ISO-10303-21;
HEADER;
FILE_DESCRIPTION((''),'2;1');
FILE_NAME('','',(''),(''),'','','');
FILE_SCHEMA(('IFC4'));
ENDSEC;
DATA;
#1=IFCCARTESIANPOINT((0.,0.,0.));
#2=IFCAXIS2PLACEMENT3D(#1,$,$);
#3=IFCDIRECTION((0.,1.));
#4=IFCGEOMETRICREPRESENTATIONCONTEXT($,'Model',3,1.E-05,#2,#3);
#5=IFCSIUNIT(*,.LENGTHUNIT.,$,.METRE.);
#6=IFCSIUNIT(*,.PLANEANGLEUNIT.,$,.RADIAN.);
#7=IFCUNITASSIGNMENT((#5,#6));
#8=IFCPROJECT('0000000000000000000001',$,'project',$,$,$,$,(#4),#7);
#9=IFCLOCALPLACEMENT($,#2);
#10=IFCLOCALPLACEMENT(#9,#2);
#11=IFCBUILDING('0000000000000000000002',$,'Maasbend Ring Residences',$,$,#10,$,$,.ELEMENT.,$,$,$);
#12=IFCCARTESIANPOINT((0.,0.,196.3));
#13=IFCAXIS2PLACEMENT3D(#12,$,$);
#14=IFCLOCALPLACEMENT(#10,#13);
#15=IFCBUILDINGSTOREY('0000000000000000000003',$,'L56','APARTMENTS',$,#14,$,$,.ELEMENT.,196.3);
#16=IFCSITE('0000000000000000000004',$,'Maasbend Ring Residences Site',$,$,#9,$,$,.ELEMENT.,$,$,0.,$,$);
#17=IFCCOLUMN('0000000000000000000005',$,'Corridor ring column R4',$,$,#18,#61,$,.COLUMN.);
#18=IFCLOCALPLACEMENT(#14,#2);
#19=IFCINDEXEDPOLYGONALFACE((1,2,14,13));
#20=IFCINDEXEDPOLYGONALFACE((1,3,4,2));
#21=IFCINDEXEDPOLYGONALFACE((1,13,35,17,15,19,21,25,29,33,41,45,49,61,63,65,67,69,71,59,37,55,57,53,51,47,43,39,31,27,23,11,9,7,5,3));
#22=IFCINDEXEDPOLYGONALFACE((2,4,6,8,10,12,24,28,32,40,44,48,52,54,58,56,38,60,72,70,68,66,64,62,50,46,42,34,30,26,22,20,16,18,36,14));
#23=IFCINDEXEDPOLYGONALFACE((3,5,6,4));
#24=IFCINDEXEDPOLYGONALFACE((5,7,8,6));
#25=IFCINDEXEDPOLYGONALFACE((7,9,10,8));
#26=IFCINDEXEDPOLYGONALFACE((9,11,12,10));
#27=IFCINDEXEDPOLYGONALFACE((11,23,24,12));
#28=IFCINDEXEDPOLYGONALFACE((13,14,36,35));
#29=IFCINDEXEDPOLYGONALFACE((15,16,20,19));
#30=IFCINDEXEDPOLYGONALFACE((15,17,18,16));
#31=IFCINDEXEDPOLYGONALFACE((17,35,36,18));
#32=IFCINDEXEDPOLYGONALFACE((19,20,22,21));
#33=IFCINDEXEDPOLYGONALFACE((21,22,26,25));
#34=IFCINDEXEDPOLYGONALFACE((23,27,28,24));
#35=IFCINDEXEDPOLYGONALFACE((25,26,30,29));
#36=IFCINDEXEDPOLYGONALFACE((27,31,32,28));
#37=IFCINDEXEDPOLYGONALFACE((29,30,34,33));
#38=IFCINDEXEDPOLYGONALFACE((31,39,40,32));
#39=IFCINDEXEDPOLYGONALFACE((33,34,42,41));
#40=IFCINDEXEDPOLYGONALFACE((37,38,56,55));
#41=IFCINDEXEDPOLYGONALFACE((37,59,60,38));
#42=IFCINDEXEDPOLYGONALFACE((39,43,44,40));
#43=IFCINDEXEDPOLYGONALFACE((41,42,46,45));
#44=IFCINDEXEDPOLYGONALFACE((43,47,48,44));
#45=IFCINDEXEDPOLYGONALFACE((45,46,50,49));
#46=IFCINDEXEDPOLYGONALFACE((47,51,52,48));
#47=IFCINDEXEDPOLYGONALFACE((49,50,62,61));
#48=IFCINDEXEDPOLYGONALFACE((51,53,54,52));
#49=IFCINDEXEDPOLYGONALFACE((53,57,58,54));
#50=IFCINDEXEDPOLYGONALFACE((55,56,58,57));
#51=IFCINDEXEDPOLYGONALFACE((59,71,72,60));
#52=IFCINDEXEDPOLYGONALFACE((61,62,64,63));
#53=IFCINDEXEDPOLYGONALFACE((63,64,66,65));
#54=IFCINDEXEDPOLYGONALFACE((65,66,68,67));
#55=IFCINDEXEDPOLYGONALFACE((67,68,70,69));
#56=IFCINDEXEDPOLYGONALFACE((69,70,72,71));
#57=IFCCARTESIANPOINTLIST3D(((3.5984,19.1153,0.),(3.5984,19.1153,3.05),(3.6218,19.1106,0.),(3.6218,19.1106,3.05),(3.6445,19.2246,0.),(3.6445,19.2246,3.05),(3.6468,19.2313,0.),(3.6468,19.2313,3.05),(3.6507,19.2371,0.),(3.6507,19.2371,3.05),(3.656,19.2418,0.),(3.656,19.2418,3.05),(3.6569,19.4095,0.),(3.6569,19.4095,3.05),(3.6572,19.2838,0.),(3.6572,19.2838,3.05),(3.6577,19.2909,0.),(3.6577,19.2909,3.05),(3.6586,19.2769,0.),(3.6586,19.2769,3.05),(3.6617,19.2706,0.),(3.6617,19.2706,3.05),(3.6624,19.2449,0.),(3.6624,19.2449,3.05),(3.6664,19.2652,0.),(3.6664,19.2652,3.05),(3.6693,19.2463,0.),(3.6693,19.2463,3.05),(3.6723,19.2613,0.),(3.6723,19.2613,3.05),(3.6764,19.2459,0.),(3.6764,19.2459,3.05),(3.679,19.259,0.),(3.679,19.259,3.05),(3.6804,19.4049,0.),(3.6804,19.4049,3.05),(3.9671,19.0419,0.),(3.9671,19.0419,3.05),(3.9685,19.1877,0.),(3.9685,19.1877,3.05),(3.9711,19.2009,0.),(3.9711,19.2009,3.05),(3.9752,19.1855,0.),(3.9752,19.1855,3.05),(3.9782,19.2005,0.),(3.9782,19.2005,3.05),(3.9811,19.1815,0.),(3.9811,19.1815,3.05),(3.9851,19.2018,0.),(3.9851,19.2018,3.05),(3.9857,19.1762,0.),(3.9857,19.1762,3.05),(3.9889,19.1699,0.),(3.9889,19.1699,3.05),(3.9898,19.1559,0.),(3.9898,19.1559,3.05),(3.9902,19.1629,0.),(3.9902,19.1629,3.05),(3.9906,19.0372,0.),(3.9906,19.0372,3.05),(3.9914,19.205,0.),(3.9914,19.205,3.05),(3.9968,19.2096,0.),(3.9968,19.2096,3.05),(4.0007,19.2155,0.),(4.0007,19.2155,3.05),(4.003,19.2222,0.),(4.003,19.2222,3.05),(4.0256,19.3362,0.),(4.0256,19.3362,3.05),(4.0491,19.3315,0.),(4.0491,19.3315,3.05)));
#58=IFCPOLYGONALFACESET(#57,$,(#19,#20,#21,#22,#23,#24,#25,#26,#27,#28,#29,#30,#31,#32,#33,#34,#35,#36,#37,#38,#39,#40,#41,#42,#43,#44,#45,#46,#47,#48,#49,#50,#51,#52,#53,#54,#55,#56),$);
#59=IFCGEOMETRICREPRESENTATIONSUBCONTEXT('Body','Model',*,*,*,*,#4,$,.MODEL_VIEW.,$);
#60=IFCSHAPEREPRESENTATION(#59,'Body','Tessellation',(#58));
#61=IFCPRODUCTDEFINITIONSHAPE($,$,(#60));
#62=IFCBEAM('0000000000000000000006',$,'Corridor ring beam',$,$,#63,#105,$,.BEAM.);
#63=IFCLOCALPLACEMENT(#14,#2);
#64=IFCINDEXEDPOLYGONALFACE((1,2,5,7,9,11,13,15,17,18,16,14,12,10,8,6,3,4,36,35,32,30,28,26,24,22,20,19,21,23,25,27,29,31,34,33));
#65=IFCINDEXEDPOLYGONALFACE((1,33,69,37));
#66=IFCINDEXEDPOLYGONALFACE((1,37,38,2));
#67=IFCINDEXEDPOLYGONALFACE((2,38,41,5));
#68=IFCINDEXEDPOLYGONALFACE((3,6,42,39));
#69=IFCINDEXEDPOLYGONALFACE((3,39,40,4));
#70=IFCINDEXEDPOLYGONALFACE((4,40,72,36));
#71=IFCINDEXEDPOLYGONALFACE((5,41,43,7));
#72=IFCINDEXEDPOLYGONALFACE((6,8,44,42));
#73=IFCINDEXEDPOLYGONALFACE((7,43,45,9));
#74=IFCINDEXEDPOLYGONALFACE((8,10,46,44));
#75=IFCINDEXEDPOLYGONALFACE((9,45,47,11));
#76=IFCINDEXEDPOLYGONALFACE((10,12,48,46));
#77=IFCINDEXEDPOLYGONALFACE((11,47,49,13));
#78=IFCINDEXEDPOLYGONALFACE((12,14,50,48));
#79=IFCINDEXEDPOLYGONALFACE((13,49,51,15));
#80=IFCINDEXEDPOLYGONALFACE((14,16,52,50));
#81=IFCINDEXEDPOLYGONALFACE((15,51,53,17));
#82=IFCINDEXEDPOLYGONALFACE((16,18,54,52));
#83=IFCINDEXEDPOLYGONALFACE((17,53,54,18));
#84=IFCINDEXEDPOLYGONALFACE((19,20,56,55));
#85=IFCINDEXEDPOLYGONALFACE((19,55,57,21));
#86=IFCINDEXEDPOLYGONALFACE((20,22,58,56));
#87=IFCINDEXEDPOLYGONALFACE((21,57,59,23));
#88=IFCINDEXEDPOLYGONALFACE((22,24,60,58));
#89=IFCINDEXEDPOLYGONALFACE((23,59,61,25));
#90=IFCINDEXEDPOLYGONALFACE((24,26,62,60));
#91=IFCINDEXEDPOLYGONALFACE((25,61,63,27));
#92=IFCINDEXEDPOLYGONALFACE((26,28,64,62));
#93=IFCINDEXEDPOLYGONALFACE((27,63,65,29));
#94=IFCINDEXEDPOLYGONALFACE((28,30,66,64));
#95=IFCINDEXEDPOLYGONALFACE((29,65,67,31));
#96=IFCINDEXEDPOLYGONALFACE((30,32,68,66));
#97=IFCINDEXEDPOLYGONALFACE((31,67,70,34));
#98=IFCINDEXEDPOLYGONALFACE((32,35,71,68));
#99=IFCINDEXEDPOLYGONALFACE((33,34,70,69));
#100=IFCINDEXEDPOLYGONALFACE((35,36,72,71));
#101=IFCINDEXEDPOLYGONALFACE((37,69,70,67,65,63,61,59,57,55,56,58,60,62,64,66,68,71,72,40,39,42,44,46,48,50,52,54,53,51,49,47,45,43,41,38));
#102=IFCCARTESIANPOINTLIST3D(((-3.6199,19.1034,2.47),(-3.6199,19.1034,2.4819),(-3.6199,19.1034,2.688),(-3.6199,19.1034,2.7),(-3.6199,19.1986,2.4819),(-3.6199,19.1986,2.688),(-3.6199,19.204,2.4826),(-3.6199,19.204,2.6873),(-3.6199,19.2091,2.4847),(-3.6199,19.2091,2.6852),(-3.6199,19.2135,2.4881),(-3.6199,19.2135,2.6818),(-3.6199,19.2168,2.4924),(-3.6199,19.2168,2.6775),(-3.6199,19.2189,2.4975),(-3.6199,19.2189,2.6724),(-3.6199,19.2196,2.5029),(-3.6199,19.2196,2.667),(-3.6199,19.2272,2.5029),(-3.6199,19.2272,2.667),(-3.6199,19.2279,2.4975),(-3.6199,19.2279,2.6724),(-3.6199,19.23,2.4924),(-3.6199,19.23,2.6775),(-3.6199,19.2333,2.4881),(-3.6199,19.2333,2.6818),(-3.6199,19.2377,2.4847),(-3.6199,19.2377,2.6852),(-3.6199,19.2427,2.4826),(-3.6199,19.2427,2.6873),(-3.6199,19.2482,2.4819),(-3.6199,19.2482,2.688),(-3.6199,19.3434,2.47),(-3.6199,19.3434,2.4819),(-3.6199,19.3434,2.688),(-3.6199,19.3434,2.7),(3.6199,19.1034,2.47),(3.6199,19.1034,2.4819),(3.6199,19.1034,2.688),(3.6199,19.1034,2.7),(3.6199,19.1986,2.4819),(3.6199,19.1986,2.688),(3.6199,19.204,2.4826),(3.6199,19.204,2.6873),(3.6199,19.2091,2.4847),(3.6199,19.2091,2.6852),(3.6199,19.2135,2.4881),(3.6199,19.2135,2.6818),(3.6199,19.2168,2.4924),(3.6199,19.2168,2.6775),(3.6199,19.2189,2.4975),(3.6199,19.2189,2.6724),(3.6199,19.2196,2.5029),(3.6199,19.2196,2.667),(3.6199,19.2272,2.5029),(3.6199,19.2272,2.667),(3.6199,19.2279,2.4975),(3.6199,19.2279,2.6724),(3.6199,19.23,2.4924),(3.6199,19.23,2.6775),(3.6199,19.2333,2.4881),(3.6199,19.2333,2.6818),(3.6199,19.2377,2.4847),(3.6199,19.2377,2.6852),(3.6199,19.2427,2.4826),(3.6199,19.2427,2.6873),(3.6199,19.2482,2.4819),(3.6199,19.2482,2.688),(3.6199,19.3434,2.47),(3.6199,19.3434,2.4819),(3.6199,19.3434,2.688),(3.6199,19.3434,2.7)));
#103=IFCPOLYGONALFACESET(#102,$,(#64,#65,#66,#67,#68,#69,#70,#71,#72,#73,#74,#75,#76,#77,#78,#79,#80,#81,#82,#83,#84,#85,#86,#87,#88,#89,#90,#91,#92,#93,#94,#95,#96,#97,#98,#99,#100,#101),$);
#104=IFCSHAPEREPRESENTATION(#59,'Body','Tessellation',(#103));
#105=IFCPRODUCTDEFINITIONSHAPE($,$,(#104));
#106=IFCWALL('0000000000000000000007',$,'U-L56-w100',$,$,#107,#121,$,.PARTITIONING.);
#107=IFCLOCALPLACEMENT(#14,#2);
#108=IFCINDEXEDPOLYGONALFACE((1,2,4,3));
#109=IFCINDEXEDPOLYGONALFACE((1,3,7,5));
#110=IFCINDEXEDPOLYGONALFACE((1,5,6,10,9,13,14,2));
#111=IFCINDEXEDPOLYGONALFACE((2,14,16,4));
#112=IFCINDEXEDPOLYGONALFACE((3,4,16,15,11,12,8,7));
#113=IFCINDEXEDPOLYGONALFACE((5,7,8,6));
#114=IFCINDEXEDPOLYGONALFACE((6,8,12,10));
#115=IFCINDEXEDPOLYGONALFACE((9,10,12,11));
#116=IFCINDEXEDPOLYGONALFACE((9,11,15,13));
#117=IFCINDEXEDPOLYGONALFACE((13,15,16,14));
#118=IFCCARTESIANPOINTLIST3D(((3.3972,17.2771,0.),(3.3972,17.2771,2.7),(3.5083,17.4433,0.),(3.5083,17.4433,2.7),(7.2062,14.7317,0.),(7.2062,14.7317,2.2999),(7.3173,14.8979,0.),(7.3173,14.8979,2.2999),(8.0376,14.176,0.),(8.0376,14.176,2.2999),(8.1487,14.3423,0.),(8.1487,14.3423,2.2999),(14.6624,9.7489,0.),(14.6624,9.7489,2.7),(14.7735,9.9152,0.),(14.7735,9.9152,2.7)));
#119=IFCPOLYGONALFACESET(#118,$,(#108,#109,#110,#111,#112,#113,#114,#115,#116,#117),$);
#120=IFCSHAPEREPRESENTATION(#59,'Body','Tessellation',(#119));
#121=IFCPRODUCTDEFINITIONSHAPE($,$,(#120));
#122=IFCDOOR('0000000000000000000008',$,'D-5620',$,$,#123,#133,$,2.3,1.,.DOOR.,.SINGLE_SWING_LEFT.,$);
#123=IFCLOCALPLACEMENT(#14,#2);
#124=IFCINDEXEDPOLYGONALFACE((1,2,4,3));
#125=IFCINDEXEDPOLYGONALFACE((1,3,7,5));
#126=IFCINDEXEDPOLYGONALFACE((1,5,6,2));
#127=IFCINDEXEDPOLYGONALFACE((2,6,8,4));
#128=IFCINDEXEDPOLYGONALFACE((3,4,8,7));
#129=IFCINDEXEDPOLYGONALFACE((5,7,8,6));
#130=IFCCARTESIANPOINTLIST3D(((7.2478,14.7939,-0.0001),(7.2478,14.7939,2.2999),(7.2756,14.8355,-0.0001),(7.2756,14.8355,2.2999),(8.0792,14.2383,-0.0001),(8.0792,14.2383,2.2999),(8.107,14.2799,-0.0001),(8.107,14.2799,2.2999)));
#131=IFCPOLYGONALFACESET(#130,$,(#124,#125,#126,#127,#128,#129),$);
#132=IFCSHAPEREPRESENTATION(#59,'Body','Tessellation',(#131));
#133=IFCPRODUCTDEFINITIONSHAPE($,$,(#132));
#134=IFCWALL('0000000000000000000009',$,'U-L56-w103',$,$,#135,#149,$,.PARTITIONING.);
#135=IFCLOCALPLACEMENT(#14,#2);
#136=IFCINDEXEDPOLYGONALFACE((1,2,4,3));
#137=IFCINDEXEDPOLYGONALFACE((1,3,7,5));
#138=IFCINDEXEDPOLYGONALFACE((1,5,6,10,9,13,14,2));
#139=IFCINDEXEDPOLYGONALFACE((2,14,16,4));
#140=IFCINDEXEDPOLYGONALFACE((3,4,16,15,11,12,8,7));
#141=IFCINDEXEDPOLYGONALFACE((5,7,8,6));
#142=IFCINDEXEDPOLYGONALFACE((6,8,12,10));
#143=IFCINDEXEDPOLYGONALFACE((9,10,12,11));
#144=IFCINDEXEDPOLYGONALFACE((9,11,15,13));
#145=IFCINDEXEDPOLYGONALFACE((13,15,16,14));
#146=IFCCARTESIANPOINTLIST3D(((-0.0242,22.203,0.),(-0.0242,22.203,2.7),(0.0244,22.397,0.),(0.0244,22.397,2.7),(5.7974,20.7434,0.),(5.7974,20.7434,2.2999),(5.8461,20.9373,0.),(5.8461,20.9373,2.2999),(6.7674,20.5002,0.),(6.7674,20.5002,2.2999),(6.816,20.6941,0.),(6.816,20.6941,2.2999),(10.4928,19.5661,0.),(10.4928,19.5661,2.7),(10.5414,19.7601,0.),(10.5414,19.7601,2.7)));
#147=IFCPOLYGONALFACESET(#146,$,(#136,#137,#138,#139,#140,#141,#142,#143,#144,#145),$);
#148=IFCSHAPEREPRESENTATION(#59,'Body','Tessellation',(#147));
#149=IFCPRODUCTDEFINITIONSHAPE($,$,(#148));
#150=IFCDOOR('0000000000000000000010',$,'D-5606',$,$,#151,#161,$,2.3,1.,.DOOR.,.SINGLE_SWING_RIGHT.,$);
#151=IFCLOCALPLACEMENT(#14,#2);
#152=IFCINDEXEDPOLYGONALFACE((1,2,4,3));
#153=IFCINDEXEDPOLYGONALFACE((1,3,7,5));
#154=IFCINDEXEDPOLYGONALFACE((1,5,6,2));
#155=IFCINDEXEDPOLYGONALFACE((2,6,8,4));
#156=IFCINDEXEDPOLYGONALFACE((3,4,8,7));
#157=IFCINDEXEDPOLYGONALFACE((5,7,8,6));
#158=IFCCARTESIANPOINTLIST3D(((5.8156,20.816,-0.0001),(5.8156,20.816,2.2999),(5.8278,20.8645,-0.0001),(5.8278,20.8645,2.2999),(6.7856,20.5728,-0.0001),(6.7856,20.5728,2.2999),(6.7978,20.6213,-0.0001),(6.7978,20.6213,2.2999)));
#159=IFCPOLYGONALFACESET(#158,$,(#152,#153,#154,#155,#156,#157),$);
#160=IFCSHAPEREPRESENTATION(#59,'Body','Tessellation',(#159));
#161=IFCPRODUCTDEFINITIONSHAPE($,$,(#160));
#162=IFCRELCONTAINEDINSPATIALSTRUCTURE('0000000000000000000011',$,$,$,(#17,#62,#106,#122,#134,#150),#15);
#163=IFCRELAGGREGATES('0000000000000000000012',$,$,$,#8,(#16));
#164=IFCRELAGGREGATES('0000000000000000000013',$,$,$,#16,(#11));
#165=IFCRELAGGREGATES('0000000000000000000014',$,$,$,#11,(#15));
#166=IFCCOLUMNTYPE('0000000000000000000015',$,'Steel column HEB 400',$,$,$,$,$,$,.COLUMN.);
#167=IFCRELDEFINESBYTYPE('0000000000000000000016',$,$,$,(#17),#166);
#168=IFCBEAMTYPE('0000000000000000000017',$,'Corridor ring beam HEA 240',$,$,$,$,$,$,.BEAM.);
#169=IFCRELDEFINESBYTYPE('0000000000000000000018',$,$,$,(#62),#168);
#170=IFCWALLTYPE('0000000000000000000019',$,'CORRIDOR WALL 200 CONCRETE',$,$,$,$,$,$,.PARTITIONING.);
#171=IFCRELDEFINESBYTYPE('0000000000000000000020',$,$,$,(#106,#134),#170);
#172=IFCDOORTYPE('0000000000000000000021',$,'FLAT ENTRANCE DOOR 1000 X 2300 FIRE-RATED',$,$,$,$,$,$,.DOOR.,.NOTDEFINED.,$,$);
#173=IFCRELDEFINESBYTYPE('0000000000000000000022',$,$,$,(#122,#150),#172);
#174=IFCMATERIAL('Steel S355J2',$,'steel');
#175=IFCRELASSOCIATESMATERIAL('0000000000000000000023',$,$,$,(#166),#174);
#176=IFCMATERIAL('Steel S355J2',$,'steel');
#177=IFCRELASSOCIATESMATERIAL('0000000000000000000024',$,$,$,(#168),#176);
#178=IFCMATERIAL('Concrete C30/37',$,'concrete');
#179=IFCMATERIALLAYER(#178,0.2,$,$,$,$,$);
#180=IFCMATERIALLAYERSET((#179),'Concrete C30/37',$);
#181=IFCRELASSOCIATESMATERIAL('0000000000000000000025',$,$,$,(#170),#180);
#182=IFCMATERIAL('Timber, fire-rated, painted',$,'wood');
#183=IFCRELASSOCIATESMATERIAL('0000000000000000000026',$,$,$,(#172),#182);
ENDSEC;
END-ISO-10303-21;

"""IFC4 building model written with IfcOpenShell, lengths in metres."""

from ifc_helpers import new_model, si_unit, direction, frame, frame_2d, origin, origin_2d, place, context, subcontext, project, spatial, rectangle, i_section, extrude, material, layer, layer_set, material_profile, profile_set, type_object, element, fill, save


model = new_model("IFC4")

# Units and contexts
model_context = context("Model", 3, precision=1e-05, world=origin(), true_north=direction((0.0, 1.0)))
body_context = subcontext(model_context, "Body", "Model", "MODEL_VIEW")
ifc_project = project(units=[si_unit("LENGTHUNIT", "METRE"), si_unit("PLANEANGLEUNIT", "RADIAN")], contexts=[model_context])

# Site, building, storey
site_placement = place(None, origin())
site = spatial("IfcSite", under=ifc_project, at=site_placement, Name="Maasbend Ring Residences Site", CompositionType="ELEMENT", RefElevation=0.0)
building_placement = place(site_placement, origin())
building = spatial("IfcBuilding", under=site, at=building_placement, Name="Maasbend Ring Residences", CompositionType="ELEMENT")
storey_placement = place(building_placement, frame((0.0, 0.0, 196.3)))
storey = spatial("IfcBuildingStorey", under=building, at=storey_placement, Name="L56", Description="APARTMENTS", CompositionType="ELEMENT", Elevation=196.3)

# Column
ifc_material_1 = material(Name="Steel S355J2", Category="steel")
ifc_material_profile_1 = material_profile(ifc_material_1, i_section(OverallWidth=0.3, OverallDepth=0.3999, WebThickness=0.0134, FlangeThickness=0.0239, FilletRadius=0.0271, at=origin_2d()), Name="HEB 400")
ifc_profile_set_1 = profile_set([ifc_material_profile_1], Name="Steel S355J2")
column_type = type_object("IfcColumnType", Name="Steel column HEB 400", PredefinedType="COLUMN", material=ifc_profile_set_1)
column_placement = place(storey_placement, frame((3.8237, 19.2234, 0.0), z_axis=(0.0, 0.0, 1.0), x_axis=(0.19509, 0.980785, 0.0)))
element("IfcColumn", 1, at=column_placement, inside=storey, type_object=column_type, Name="Corridor ring column R4", PredefinedType="COLUMN", context=body_context, shape_type="SweptSolid", body=[
    extrude(i_section(OverallWidth=0.3, OverallDepth=0.3999, WebThickness=0.0134, FlangeThickness=0.0239, FilletRadius=0.0271, at=origin_2d()), origin(), (0.0, 0.0, 1.0), 3.05),
])

# Beam
ifc_material_2 = material(Name="Steel S355J2", Category="steel")
ifc_material_profile_2 = material_profile(ifc_material_2, i_section(OverallWidth=0.24, OverallDepth=0.23, WebThickness=0.0076, FlangeThickness=0.012, FilletRadius=0.021, at=origin_2d()), Name="HEA 240")
ifc_profile_set_2 = profile_set([ifc_material_profile_2], Name="Steel S355J2")
beam_type = type_object("IfcBeamType", Name="Corridor ring beam HEA 240", PredefinedType="BEAM", material=ifc_profile_set_2)
beam_placement = place(storey_placement, frame((3.6199, 19.2234, 2.585), z_axis=(-1.0, 0.0, 0.0), x_axis=(0.0, -1.0, 0.0)))
element("IfcBeam", 2, at=beam_placement, inside=storey, type_object=beam_type, Name="Corridor ring beam", PredefinedType="BEAM", context=body_context, shape_type="SweptSolid", body=[
    extrude(i_section(OverallWidth=0.24, OverallDepth=0.23, WebThickness=0.0076, FlangeThickness=0.012, FilletRadius=0.021, at=origin_2d()), origin(), (0.0, 0.0, 1.0), 7.2397),
])

# Walls, openings, doors
ifc_material_3 = material(Name="Concrete C30/37", Category="concrete")
ifc_layer_1 = layer(ifc_material_3, 0.2)
ifc_layer_set_1 = layer_set([ifc_layer_1], Name="Concrete C30/37")
wall_type_1 = type_object("IfcWallType", Name="CORRIDOR WALL 200 CONCRETE", PredefinedType="PARTITIONING", material=ifc_layer_set_1)
wall_1_placement = place(storey_placement, frame((3.4529, 17.3601, 0.0), z_axis=(0.0, 0.0, 1.0), x_axis=(0.831437, -0.555619, 0.0)))
wall_1 = element("IfcWall", 3, at=wall_1_placement, inside=storey, type_object=wall_type_1, Name="U-L56-w100", PredefinedType="PARTITIONING", context=body_context, shape_type="SweptSolid", body=[
    extrude(rectangle(XDim=13.5491, YDim=0.2, at=frame_2d((6.7744, 0.0))), origin(), (0.0, 0.0, 1.0), 2.7),
])
opening_1_placement = place(wall_1_placement, frame((4.5811, 0.0, 0.0)))
opening_1 = element("IfcOpeningElement", 4, at=opening_1_placement, cuts=wall_1, PredefinedType="OPENING", context=body_context, shape_type="SweptSolid", body=[
    extrude(rectangle(XDim=1.0, YDim=2.3, at=frame_2d((0.5, 1.1499))), frame((0.0, 0.1099, 0.0), z_axis=(0.0, -1.0, 0.0), x_axis=(1.0, 0.0, 0.0)), (0.0, 0.0, 1.0), 0.22),
])
ifc_material_4 = material(Name="Timber, fire-rated, painted", Category="wood")
door_type_1 = type_object("IfcDoorType", Name="FLAT ENTRANCE DOOR 1000 X 2300 FIRE-RATED", OperationType="NOTDEFINED", PredefinedType="DOOR", material=ifc_material_4)
door_1_placement = place(opening_1_placement, origin())
door_1 = element("IfcDoor", 5, at=door_1_placement, inside=storey, type_object=door_type_1, Name="D-5620", OperationType="SINGLE_SWING_LEFT", OverallHeight=2.3, OverallWidth=1.0, PredefinedType="DOOR", context=body_context, shape_type="SweptSolid", body=[
    extrude(rectangle(XDim=1.0, YDim=2.3, at=frame_2d((0.5, 1.1499))), frame((0.0, 0.0249, 0.0), z_axis=(0.0, -1.0, 0.0), x_axis=(1.0, 0.0, 0.0)), (0.0, 0.0, 1.0), 0.05),
])
fill(opening_1, door_1)
wall_2_placement = place(storey_placement, frame((0.0, 22.3, 0.0), z_axis=(0.0, 0.0, 1.0), x_axis=(0.969975, -0.243203, 0.0)))
wall_2 = element("IfcWall", 6, at=wall_2_placement, inside=storey, type_object=wall_type_1, Name="U-L56-w103", PredefinedType="PARTITIONING", context=body_context, shape_type="SweptSolid", body=[
    extrude(rectangle(XDim=10.8425, YDim=0.2, at=frame_2d((5.4214, 0.0))), origin(), (0.0, 0.0, 1.0), 2.7),
])
opening_2_placement = place(wall_2_placement, frame((6.002, 0.0, 0.0)))
opening_2 = element("IfcOpeningElement", 7, at=opening_2_placement, cuts=wall_2, PredefinedType="OPENING", context=body_context, shape_type="SweptSolid", body=[
    extrude(rectangle(XDim=1.0, YDim=2.3, at=frame_2d((0.5, 1.1499))), frame((0.0, 0.1099, 0.0), z_axis=(0.0, -1.0, 0.0), x_axis=(1.0, 0.0, 0.0)), (0.0, 0.0, 1.0), 0.22),
])
door_2_placement = place(opening_2_placement, origin())
door_2 = element("IfcDoor", 8, at=door_2_placement, inside=storey, type_object=door_type_1, Name="D-5606", OperationType="SINGLE_SWING_RIGHT", OverallHeight=2.3, OverallWidth=1.0, PredefinedType="DOOR", context=body_context, shape_type="SweptSolid", body=[
    extrude(rectangle(XDim=1.0, YDim=2.3, at=frame_2d((0.5, 1.1499))), frame((0.0, 0.0249, 0.0), z_axis=(0.0, -1.0, 0.0), x_axis=(1.0, 0.0, 0.0)), (0.0, 0.0, 1.0), 0.05),
])
fill(opening_2, door_2)

save(model, "model.ifc")
